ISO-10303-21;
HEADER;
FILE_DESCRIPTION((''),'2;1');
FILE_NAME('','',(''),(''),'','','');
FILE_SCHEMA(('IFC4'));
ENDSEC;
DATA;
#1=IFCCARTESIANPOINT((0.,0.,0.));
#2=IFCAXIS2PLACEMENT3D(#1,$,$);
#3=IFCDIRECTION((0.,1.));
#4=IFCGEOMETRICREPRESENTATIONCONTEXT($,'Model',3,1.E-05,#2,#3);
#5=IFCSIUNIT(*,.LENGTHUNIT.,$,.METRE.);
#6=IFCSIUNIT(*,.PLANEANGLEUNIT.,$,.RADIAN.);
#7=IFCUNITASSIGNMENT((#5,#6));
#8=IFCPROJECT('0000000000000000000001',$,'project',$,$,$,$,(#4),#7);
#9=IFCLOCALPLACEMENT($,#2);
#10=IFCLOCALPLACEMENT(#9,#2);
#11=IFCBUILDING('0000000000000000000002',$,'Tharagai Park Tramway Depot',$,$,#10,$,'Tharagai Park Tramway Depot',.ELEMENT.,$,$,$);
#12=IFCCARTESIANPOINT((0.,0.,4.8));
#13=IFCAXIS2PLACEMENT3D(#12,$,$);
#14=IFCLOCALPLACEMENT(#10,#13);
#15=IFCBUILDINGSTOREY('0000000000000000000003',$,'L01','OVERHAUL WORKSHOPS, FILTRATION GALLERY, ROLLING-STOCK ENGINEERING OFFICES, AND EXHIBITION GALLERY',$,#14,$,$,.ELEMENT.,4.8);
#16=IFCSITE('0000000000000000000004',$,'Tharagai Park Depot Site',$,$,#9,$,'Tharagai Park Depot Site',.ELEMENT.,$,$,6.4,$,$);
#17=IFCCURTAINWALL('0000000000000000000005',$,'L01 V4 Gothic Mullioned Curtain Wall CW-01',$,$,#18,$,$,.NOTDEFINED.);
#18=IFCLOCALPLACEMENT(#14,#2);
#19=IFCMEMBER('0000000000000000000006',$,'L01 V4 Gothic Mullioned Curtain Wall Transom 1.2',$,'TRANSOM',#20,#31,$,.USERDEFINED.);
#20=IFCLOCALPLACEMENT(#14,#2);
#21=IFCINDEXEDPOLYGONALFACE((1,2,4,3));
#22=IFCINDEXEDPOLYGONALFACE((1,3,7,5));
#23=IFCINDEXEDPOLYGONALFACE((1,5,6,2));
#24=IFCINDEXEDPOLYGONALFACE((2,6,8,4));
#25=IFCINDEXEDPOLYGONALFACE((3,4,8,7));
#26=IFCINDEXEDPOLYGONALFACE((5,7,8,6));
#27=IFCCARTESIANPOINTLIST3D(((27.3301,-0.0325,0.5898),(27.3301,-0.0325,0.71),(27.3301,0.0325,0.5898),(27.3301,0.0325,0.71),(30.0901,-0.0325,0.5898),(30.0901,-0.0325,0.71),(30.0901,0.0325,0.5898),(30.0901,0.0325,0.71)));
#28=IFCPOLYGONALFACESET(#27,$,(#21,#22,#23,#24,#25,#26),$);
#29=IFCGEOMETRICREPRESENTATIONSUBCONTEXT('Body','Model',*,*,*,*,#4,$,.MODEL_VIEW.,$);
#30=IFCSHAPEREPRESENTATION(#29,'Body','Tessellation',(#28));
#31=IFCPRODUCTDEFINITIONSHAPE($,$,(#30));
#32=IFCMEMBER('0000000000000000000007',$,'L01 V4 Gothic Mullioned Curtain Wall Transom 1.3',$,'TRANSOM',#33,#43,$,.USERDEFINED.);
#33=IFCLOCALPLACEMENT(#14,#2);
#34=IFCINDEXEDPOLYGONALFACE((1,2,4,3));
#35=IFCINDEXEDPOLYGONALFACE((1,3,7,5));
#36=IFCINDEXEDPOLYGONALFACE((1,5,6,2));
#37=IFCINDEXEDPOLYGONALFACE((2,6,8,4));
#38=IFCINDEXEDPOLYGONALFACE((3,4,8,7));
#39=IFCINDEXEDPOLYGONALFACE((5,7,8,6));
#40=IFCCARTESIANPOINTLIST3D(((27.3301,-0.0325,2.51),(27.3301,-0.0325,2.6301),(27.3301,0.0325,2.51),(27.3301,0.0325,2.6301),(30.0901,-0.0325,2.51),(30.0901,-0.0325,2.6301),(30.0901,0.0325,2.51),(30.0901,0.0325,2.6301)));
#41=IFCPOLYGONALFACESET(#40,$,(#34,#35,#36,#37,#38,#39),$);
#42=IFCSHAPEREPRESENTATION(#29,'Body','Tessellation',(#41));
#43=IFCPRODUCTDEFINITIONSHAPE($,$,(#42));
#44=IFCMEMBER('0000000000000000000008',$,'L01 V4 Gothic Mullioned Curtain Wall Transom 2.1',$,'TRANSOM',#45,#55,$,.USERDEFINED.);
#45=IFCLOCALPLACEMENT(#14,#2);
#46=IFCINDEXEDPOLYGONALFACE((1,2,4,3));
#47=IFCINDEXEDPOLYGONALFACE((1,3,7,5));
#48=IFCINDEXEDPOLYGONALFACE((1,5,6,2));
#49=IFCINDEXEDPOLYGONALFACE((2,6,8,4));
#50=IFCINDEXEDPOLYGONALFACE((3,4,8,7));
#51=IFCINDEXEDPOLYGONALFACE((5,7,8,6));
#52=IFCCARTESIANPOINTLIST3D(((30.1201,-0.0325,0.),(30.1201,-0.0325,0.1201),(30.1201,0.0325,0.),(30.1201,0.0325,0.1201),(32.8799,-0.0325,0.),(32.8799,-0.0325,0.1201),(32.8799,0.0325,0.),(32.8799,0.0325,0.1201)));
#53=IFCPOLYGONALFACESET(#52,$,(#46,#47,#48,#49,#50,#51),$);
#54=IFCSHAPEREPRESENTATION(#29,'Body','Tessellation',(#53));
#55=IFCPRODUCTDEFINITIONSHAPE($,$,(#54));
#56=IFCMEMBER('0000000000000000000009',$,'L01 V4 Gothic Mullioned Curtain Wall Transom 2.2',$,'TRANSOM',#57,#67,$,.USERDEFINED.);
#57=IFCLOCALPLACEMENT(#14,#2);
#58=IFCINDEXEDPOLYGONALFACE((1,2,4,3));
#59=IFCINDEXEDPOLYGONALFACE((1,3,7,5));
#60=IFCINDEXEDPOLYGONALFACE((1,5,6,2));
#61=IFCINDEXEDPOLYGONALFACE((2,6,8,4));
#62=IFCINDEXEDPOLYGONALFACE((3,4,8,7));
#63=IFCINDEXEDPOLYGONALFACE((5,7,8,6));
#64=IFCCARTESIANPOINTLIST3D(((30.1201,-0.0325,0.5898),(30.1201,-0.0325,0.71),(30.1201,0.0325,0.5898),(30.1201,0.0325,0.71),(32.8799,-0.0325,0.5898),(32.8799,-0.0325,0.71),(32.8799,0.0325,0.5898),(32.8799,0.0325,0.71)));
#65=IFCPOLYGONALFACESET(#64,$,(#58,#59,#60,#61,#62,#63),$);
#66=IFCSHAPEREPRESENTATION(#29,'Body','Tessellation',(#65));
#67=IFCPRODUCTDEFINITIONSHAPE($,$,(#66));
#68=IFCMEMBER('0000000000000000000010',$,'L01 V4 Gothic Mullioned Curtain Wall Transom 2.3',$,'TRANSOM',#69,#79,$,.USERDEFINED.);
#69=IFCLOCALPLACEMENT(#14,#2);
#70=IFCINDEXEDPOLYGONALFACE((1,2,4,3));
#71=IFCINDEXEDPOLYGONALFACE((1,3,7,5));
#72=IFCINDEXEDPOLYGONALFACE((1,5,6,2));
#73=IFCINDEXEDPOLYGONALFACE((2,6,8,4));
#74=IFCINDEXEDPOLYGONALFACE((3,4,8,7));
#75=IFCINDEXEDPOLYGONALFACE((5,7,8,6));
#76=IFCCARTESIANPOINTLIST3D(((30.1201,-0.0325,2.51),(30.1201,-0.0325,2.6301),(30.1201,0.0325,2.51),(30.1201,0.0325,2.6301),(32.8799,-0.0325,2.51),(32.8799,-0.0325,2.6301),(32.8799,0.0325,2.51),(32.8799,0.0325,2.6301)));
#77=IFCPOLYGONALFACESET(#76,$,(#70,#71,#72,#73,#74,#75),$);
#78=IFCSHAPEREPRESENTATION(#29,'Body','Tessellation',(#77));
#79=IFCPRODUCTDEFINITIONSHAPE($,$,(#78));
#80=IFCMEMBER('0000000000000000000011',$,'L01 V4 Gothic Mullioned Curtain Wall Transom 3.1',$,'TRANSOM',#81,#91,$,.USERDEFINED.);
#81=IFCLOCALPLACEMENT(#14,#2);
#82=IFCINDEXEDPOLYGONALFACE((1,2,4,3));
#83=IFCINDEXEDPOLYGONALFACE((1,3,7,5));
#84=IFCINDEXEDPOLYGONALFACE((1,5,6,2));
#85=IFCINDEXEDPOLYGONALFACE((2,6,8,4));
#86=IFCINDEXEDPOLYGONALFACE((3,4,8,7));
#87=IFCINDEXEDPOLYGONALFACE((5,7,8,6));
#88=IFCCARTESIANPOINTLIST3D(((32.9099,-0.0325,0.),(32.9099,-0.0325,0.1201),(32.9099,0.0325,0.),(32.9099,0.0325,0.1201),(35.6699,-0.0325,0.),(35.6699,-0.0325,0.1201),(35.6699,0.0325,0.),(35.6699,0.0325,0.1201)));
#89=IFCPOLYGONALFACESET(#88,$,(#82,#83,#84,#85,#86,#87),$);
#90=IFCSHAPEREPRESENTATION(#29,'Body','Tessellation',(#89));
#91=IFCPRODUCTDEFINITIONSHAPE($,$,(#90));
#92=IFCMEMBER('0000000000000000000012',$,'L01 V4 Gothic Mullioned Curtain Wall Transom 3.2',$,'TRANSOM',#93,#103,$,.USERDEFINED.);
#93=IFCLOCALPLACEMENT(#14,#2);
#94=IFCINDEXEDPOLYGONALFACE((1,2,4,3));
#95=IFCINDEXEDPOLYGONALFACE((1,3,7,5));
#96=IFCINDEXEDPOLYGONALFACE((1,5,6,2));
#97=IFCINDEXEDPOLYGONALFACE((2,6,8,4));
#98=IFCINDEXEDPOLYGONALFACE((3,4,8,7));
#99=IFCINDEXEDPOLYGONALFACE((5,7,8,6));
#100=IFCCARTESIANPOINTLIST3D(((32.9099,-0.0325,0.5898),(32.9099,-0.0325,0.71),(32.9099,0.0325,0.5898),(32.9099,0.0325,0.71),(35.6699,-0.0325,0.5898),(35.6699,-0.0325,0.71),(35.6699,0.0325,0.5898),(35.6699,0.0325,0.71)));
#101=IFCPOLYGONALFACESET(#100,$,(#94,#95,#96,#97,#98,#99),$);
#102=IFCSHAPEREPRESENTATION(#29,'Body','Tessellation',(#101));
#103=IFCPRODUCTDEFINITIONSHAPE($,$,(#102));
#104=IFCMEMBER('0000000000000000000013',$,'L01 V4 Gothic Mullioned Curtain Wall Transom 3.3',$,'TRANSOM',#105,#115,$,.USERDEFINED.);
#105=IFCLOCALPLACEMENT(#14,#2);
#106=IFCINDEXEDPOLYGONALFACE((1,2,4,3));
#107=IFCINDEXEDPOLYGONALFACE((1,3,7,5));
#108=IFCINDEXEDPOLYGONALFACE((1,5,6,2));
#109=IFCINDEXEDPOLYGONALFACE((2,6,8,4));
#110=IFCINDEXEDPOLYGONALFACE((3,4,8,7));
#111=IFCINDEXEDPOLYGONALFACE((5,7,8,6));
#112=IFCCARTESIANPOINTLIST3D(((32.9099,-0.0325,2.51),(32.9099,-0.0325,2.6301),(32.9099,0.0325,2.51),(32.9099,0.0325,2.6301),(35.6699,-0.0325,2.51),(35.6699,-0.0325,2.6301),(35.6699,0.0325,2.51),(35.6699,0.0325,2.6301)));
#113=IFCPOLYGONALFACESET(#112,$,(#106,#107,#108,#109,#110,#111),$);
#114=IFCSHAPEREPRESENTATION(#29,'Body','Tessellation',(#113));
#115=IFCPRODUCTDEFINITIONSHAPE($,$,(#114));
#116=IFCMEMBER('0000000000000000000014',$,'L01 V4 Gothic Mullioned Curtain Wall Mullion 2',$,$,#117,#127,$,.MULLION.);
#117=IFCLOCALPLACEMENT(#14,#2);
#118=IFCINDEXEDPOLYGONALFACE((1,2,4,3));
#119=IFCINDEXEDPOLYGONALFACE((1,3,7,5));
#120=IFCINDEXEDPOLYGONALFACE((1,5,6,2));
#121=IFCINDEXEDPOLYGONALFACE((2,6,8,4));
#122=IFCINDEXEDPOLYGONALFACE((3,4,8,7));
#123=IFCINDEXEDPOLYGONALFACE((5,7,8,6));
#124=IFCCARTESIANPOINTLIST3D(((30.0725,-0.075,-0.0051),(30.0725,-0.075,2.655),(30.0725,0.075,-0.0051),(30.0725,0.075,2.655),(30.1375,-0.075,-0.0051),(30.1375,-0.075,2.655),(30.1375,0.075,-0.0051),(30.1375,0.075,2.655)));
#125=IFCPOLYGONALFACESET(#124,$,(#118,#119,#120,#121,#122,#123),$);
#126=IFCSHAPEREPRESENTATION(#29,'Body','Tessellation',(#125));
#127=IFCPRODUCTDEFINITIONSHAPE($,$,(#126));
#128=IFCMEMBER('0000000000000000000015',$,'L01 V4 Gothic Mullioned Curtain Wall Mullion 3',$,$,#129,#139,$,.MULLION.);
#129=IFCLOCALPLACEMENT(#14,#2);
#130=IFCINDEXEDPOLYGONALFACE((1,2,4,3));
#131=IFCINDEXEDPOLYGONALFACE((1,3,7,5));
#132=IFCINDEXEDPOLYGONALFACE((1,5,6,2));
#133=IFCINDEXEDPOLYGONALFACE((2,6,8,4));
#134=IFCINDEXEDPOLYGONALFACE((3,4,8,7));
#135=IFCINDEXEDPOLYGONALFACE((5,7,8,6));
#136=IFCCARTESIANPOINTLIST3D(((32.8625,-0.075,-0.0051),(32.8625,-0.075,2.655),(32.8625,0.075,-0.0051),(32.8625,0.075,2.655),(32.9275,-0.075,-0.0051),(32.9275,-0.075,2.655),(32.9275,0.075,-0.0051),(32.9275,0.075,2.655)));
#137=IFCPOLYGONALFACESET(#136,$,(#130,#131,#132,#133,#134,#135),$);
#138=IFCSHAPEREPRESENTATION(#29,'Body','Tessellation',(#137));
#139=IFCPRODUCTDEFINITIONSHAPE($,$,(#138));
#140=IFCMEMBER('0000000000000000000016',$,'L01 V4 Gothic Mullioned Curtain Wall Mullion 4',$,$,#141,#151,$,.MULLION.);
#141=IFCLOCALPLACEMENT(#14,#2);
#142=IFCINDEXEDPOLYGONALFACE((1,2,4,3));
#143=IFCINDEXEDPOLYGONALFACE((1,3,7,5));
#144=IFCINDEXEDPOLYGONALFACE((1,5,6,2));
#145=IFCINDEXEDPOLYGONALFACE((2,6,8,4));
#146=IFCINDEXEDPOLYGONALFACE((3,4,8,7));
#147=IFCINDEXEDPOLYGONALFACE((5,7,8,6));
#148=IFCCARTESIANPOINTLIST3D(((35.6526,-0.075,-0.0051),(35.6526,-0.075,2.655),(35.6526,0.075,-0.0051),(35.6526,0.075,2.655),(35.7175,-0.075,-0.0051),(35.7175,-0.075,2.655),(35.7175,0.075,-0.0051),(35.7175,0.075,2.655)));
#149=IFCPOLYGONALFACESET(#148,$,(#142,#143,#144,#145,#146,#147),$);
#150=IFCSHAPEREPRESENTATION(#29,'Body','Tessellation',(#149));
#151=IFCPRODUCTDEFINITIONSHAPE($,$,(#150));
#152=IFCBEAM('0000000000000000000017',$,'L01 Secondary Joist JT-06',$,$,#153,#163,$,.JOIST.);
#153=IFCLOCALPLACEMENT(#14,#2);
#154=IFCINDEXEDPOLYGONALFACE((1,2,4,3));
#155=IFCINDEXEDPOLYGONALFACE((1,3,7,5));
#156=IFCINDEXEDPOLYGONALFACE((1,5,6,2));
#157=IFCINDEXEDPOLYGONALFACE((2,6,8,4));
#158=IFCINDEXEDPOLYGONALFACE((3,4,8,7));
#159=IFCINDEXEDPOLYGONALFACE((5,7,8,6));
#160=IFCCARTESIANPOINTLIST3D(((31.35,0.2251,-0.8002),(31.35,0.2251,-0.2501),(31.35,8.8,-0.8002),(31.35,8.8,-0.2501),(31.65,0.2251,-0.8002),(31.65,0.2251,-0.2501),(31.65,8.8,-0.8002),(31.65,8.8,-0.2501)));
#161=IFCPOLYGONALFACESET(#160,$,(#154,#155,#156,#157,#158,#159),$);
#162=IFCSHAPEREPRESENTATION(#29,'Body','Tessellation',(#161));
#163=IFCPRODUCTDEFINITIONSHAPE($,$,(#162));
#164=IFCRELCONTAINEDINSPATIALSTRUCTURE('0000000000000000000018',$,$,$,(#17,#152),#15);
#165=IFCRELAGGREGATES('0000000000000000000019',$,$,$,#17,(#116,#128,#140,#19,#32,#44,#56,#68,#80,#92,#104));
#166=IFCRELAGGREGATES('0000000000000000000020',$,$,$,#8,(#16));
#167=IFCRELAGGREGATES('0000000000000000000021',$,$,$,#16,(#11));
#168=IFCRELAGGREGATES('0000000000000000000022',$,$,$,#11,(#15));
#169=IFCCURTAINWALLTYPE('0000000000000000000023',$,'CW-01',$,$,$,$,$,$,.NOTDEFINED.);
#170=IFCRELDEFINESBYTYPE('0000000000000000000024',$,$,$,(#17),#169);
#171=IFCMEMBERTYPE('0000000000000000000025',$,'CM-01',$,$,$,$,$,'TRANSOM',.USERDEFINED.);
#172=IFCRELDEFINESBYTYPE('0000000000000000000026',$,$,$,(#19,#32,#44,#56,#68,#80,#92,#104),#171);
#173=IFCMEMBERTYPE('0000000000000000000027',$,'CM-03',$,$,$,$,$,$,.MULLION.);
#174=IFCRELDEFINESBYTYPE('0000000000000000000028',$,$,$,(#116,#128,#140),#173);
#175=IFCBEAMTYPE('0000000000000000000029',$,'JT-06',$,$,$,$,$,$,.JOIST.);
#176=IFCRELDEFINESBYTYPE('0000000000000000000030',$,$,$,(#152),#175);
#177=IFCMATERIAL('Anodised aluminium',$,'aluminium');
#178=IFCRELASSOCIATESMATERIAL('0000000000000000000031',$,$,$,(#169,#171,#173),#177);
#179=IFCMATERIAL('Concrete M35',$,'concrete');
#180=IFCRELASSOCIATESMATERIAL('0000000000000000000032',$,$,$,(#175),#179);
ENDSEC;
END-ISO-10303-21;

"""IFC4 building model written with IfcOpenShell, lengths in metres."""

from ifc_helpers import new_model, si_unit, direction, frame, origin, origin_2d, place, context, subcontext, project, spatial, rectangle, extrude, material, material_profile, profile_set, type_object, element, aggregate, save


model = new_model("IFC4")

# Units and contexts
model_context = context("Model", 3, precision=1e-05, world=origin(), true_north=direction((0.0, 1.0)))
body_context = subcontext(model_context, "Body", "Model", "MODEL_VIEW")
ifc_project = project(units=[si_unit("LENGTHUNIT", "METRE"), si_unit("PLANEANGLEUNIT", "RADIAN")], contexts=[model_context])

# Site, building, storey
site_placement = place(None, origin())
site = spatial("IfcSite", under=ifc_project, at=site_placement, Name="Tharagai Park Depot Site", LongName="Tharagai Park Depot Site", CompositionType="ELEMENT", RefElevation=6.4)
building_placement = place(site_placement, origin())
building = spatial("IfcBuilding", under=site, at=building_placement, Name="Tharagai Park Tramway Depot", LongName="Tharagai Park Tramway Depot", CompositionType="ELEMENT")
storey_placement = place(building_placement, frame((0.0, 0.0, 4.8)))
storey = spatial("IfcBuildingStorey", under=building, at=storey_placement, Name="L01", Description="OVERHAUL WORKSHOPS, FILTRATION GALLERY, ROLLING-STOCK ENGINEERING OFFICES, AND EXHIBITION GALLERY", CompositionType="ELEMENT", Elevation=4.8)

# Shared definitions
ifc_material_1 = material(Name="Concrete M35", Category="concrete")

# Curtain wall, members
ifc_material_2 = material(Name="Anodised aluminium", Category="aluminium")
curtain_wall_type = type_object("IfcCurtainWallType", Name="CW-01", PredefinedType="NOTDEFINED", material=ifc_material_2)
curtain_wall_placement = place(storey_placement, origin())
curtain_wall = element("IfcCurtainWall", 1, at=curtain_wall_placement, inside=storey, type_object=curtain_wall_type, Name="L01 V4 Gothic Mullioned Curtain Wall CW-01", PredefinedType="NOTDEFINED")
ifc_material_profile_1 = material_profile(ifc_material_2, rectangle(XDim=0.0649, YDim=0.1201, at=origin_2d()), Name="ALU 65x120")
ifc_profile_set_1 = profile_set([ifc_material_profile_1], Name="Anodised aluminium")
member_type_1 = type_object("IfcMemberType", Name="CM-01", ElementType="TRANSOM", PredefinedType="USERDEFINED", material=ifc_profile_set_1)
member_1_placement = place(storey_placement, frame((27.3301, 0.0, 0.6499), z_axis=(1.0, 0.0, 0.0), x_axis=(0.0, 1.0, 0.0)))
member_1 = element("IfcMember", 2, at=member_1_placement, type_object=member_type_1, Name="L01 V4 Gothic Mullioned Curtain Wall Transom 1.2", ObjectType="TRANSOM", PredefinedType="USERDEFINED", context=body_context, shape_type="SweptSolid", body=[
    extrude(rectangle(XDim=0.0649, YDim=0.1201, at=origin_2d()), origin(), (0.0, 0.0, 1.0), 2.76),
])
member_2_placement = place(storey_placement, frame((27.3301, 0.0, 2.5701), z_axis=(1.0, 0.0, 0.0), x_axis=(0.0, 1.0, 0.0)))
member_2 = element("IfcMember", 3, at=member_2_placement, type_object=member_type_1, Name="L01 V4 Gothic Mullioned Curtain Wall Transom 1.3", ObjectType="TRANSOM", PredefinedType="USERDEFINED", context=body_context, shape_type="SweptSolid", body=[
    extrude(rectangle(XDim=0.0649, YDim=0.1201, at=origin_2d()), origin(), (0.0, 0.0, 1.0), 2.76),
])
member_3_placement = place(storey_placement, frame((30.1201, 0.0, 0.0601), z_axis=(1.0, 0.0, 0.0), x_axis=(0.0, 1.0, 0.0)))
member_3 = element("IfcMember", 4, at=member_3_placement, type_object=member_type_1, Name="L01 V4 Gothic Mullioned Curtain Wall Transom 2.1", ObjectType="TRANSOM", PredefinedType="USERDEFINED", context=body_context, shape_type="SweptSolid", body=[
    extrude(rectangle(XDim=0.0649, YDim=0.1201, at=origin_2d()), origin(), (0.0, 0.0, 1.0), 2.7598),
])
member_4_placement = place(storey_placement, frame((30.1201, 0.0, 0.6499), z_axis=(1.0, 0.0, 0.0), x_axis=(0.0, 1.0, 0.0)))
member_4 = element("IfcMember", 5, at=member_4_placement, type_object=member_type_1, Name="L01 V4 Gothic Mullioned Curtain Wall Transom 2.2", ObjectType="TRANSOM", PredefinedType="USERDEFINED", context=body_context, shape_type="SweptSolid", body=[
    extrude(rectangle(XDim=0.0649, YDim=0.1201, at=origin_2d()), origin(), (0.0, 0.0, 1.0), 2.7598),
])
member_5_placement = place(storey_placement, frame((30.1201, 0.0, 2.5701), z_axis=(1.0, 0.0, 0.0), x_axis=(0.0, 1.0, 0.0)))
member_5 = element("IfcMember", 6, at=member_5_placement, type_object=member_type_1, Name="L01 V4 Gothic Mullioned Curtain Wall Transom 2.3", ObjectType="TRANSOM", PredefinedType="USERDEFINED", context=body_context, shape_type="SweptSolid", body=[
    extrude(rectangle(XDim=0.0649, YDim=0.1201, at=origin_2d()), origin(), (0.0, 0.0, 1.0), 2.7598),
])
member_6_placement = place(storey_placement, frame((32.9099, 0.0, 0.0601), z_axis=(1.0, 0.0, 0.0), x_axis=(0.0, 1.0, 0.0)))
member_6 = element("IfcMember", 7, at=member_6_placement, type_object=member_type_1, Name="L01 V4 Gothic Mullioned Curtain Wall Transom 3.1", ObjectType="TRANSOM", PredefinedType="USERDEFINED", context=body_context, shape_type="SweptSolid", body=[
    extrude(rectangle(XDim=0.0649, YDim=0.1201, at=origin_2d()), origin(), (0.0, 0.0, 1.0), 2.76),
])
member_7_placement = place(storey_placement, frame((32.9099, 0.0, 0.6499), z_axis=(1.0, 0.0, 0.0), x_axis=(0.0, 1.0, 0.0)))
member_7 = element("IfcMember", 8, at=member_7_placement, type_object=member_type_1, Name="L01 V4 Gothic Mullioned Curtain Wall Transom 3.2", ObjectType="TRANSOM", PredefinedType="USERDEFINED", context=body_context, shape_type="SweptSolid", body=[
    extrude(rectangle(XDim=0.0649, YDim=0.1201, at=origin_2d()), origin(), (0.0, 0.0, 1.0), 2.76),
])
member_8_placement = place(storey_placement, frame((32.9099, 0.0, 2.5701), z_axis=(1.0, 0.0, 0.0), x_axis=(0.0, 1.0, 0.0)))
member_8 = element("IfcMember", 9, at=member_8_placement, type_object=member_type_1, Name="L01 V4 Gothic Mullioned Curtain Wall Transom 3.3", ObjectType="TRANSOM", PredefinedType="USERDEFINED", context=body_context, shape_type="SweptSolid", body=[
    extrude(rectangle(XDim=0.0649, YDim=0.1201, at=origin_2d()), origin(), (0.0, 0.0, 1.0), 2.76),
])
ifc_material_profile_2 = material_profile(ifc_material_2, rectangle(XDim=0.0649, YDim=0.1499, at=origin_2d()), Name="ALU 65x150")
ifc_profile_set_2 = profile_set([ifc_material_profile_2], Name="Anodised aluminium")
member_type_2 = type_object("IfcMemberType", Name="CM-03", PredefinedType="MULLION", material=ifc_profile_set_2)
member_9_placement = place(storey_placement, frame((30.105, 0.0, -0.0051), z_axis=(0.0, 0.0, 1.0), x_axis=(1.0, 0.0, 0.0)))
member_9 = element("IfcMember", 10, at=member_9_placement, type_object=member_type_2, Name="L01 V4 Gothic Mullioned Curtain Wall Mullion 2", PredefinedType="MULLION", context=body_context, shape_type="SweptSolid", body=[
    extrude(rectangle(XDim=0.0649, YDim=0.1499, at=origin_2d()), origin(), (0.0, 0.0, 1.0), 2.6602),
])
member_10_placement = place(storey_placement, frame((32.895, 0.0, -0.0051), z_axis=(0.0, 0.0, 1.0), x_axis=(1.0, 0.0, 0.0)))
member_10 = element("IfcMember", 11, at=member_10_placement, type_object=member_type_2, Name="L01 V4 Gothic Mullioned Curtain Wall Mullion 3", PredefinedType="MULLION", context=body_context, shape_type="SweptSolid", body=[
    extrude(rectangle(XDim=0.0649, YDim=0.1499, at=origin_2d()), origin(), (0.0, 0.0, 1.0), 2.6602),
])
member_11_placement = place(storey_placement, frame((35.6851, 0.0, -0.0051), z_axis=(0.0, 0.0, 1.0), x_axis=(1.0, 0.0, 0.0)))
member_11 = element("IfcMember", 12, at=member_11_placement, type_object=member_type_2, Name="L01 V4 Gothic Mullioned Curtain Wall Mullion 4", PredefinedType="MULLION", context=body_context, shape_type="SweptSolid", body=[
    extrude(rectangle(XDim=0.0649, YDim=0.1499, at=origin_2d()), origin(), (0.0, 0.0, 1.0), 2.6602),
])

# Beam
ifc_material_profile_3 = material_profile(ifc_material_1, rectangle(XDim=0.3, YDim=0.55, at=origin_2d()), Name="RC 300x550")
ifc_profile_set_3 = profile_set([ifc_material_profile_3], Name="Concrete M35")
beam_type_1 = type_object("IfcBeamType", Name="JT-06", PredefinedType="JOIST", material=ifc_profile_set_3)
beam_1_placement = place(storey_placement, frame((31.5, 0.2251, -0.5251), z_axis=(0.0, 1.0, 0.0), x_axis=(-1.0, 0.0, 0.0)))
element("IfcBeam", 13, at=beam_1_placement, inside=storey, type_object=beam_type_1, Name="L01 Secondary Joist JT-06", PredefinedType="JOIST", context=body_context, shape_type="SweptSolid", body=[
    extrude(rectangle(XDim=0.3, YDim=0.55, at=origin_2d()), origin(), (0.0, 0.0, 1.0), 8.575),
])

aggregate(curtain_wall, [member_9, member_10, member_11, member_1, member_2, member_3, member_4, member_5, member_6, member_7, member_8])

save(model, "model.ifc")
